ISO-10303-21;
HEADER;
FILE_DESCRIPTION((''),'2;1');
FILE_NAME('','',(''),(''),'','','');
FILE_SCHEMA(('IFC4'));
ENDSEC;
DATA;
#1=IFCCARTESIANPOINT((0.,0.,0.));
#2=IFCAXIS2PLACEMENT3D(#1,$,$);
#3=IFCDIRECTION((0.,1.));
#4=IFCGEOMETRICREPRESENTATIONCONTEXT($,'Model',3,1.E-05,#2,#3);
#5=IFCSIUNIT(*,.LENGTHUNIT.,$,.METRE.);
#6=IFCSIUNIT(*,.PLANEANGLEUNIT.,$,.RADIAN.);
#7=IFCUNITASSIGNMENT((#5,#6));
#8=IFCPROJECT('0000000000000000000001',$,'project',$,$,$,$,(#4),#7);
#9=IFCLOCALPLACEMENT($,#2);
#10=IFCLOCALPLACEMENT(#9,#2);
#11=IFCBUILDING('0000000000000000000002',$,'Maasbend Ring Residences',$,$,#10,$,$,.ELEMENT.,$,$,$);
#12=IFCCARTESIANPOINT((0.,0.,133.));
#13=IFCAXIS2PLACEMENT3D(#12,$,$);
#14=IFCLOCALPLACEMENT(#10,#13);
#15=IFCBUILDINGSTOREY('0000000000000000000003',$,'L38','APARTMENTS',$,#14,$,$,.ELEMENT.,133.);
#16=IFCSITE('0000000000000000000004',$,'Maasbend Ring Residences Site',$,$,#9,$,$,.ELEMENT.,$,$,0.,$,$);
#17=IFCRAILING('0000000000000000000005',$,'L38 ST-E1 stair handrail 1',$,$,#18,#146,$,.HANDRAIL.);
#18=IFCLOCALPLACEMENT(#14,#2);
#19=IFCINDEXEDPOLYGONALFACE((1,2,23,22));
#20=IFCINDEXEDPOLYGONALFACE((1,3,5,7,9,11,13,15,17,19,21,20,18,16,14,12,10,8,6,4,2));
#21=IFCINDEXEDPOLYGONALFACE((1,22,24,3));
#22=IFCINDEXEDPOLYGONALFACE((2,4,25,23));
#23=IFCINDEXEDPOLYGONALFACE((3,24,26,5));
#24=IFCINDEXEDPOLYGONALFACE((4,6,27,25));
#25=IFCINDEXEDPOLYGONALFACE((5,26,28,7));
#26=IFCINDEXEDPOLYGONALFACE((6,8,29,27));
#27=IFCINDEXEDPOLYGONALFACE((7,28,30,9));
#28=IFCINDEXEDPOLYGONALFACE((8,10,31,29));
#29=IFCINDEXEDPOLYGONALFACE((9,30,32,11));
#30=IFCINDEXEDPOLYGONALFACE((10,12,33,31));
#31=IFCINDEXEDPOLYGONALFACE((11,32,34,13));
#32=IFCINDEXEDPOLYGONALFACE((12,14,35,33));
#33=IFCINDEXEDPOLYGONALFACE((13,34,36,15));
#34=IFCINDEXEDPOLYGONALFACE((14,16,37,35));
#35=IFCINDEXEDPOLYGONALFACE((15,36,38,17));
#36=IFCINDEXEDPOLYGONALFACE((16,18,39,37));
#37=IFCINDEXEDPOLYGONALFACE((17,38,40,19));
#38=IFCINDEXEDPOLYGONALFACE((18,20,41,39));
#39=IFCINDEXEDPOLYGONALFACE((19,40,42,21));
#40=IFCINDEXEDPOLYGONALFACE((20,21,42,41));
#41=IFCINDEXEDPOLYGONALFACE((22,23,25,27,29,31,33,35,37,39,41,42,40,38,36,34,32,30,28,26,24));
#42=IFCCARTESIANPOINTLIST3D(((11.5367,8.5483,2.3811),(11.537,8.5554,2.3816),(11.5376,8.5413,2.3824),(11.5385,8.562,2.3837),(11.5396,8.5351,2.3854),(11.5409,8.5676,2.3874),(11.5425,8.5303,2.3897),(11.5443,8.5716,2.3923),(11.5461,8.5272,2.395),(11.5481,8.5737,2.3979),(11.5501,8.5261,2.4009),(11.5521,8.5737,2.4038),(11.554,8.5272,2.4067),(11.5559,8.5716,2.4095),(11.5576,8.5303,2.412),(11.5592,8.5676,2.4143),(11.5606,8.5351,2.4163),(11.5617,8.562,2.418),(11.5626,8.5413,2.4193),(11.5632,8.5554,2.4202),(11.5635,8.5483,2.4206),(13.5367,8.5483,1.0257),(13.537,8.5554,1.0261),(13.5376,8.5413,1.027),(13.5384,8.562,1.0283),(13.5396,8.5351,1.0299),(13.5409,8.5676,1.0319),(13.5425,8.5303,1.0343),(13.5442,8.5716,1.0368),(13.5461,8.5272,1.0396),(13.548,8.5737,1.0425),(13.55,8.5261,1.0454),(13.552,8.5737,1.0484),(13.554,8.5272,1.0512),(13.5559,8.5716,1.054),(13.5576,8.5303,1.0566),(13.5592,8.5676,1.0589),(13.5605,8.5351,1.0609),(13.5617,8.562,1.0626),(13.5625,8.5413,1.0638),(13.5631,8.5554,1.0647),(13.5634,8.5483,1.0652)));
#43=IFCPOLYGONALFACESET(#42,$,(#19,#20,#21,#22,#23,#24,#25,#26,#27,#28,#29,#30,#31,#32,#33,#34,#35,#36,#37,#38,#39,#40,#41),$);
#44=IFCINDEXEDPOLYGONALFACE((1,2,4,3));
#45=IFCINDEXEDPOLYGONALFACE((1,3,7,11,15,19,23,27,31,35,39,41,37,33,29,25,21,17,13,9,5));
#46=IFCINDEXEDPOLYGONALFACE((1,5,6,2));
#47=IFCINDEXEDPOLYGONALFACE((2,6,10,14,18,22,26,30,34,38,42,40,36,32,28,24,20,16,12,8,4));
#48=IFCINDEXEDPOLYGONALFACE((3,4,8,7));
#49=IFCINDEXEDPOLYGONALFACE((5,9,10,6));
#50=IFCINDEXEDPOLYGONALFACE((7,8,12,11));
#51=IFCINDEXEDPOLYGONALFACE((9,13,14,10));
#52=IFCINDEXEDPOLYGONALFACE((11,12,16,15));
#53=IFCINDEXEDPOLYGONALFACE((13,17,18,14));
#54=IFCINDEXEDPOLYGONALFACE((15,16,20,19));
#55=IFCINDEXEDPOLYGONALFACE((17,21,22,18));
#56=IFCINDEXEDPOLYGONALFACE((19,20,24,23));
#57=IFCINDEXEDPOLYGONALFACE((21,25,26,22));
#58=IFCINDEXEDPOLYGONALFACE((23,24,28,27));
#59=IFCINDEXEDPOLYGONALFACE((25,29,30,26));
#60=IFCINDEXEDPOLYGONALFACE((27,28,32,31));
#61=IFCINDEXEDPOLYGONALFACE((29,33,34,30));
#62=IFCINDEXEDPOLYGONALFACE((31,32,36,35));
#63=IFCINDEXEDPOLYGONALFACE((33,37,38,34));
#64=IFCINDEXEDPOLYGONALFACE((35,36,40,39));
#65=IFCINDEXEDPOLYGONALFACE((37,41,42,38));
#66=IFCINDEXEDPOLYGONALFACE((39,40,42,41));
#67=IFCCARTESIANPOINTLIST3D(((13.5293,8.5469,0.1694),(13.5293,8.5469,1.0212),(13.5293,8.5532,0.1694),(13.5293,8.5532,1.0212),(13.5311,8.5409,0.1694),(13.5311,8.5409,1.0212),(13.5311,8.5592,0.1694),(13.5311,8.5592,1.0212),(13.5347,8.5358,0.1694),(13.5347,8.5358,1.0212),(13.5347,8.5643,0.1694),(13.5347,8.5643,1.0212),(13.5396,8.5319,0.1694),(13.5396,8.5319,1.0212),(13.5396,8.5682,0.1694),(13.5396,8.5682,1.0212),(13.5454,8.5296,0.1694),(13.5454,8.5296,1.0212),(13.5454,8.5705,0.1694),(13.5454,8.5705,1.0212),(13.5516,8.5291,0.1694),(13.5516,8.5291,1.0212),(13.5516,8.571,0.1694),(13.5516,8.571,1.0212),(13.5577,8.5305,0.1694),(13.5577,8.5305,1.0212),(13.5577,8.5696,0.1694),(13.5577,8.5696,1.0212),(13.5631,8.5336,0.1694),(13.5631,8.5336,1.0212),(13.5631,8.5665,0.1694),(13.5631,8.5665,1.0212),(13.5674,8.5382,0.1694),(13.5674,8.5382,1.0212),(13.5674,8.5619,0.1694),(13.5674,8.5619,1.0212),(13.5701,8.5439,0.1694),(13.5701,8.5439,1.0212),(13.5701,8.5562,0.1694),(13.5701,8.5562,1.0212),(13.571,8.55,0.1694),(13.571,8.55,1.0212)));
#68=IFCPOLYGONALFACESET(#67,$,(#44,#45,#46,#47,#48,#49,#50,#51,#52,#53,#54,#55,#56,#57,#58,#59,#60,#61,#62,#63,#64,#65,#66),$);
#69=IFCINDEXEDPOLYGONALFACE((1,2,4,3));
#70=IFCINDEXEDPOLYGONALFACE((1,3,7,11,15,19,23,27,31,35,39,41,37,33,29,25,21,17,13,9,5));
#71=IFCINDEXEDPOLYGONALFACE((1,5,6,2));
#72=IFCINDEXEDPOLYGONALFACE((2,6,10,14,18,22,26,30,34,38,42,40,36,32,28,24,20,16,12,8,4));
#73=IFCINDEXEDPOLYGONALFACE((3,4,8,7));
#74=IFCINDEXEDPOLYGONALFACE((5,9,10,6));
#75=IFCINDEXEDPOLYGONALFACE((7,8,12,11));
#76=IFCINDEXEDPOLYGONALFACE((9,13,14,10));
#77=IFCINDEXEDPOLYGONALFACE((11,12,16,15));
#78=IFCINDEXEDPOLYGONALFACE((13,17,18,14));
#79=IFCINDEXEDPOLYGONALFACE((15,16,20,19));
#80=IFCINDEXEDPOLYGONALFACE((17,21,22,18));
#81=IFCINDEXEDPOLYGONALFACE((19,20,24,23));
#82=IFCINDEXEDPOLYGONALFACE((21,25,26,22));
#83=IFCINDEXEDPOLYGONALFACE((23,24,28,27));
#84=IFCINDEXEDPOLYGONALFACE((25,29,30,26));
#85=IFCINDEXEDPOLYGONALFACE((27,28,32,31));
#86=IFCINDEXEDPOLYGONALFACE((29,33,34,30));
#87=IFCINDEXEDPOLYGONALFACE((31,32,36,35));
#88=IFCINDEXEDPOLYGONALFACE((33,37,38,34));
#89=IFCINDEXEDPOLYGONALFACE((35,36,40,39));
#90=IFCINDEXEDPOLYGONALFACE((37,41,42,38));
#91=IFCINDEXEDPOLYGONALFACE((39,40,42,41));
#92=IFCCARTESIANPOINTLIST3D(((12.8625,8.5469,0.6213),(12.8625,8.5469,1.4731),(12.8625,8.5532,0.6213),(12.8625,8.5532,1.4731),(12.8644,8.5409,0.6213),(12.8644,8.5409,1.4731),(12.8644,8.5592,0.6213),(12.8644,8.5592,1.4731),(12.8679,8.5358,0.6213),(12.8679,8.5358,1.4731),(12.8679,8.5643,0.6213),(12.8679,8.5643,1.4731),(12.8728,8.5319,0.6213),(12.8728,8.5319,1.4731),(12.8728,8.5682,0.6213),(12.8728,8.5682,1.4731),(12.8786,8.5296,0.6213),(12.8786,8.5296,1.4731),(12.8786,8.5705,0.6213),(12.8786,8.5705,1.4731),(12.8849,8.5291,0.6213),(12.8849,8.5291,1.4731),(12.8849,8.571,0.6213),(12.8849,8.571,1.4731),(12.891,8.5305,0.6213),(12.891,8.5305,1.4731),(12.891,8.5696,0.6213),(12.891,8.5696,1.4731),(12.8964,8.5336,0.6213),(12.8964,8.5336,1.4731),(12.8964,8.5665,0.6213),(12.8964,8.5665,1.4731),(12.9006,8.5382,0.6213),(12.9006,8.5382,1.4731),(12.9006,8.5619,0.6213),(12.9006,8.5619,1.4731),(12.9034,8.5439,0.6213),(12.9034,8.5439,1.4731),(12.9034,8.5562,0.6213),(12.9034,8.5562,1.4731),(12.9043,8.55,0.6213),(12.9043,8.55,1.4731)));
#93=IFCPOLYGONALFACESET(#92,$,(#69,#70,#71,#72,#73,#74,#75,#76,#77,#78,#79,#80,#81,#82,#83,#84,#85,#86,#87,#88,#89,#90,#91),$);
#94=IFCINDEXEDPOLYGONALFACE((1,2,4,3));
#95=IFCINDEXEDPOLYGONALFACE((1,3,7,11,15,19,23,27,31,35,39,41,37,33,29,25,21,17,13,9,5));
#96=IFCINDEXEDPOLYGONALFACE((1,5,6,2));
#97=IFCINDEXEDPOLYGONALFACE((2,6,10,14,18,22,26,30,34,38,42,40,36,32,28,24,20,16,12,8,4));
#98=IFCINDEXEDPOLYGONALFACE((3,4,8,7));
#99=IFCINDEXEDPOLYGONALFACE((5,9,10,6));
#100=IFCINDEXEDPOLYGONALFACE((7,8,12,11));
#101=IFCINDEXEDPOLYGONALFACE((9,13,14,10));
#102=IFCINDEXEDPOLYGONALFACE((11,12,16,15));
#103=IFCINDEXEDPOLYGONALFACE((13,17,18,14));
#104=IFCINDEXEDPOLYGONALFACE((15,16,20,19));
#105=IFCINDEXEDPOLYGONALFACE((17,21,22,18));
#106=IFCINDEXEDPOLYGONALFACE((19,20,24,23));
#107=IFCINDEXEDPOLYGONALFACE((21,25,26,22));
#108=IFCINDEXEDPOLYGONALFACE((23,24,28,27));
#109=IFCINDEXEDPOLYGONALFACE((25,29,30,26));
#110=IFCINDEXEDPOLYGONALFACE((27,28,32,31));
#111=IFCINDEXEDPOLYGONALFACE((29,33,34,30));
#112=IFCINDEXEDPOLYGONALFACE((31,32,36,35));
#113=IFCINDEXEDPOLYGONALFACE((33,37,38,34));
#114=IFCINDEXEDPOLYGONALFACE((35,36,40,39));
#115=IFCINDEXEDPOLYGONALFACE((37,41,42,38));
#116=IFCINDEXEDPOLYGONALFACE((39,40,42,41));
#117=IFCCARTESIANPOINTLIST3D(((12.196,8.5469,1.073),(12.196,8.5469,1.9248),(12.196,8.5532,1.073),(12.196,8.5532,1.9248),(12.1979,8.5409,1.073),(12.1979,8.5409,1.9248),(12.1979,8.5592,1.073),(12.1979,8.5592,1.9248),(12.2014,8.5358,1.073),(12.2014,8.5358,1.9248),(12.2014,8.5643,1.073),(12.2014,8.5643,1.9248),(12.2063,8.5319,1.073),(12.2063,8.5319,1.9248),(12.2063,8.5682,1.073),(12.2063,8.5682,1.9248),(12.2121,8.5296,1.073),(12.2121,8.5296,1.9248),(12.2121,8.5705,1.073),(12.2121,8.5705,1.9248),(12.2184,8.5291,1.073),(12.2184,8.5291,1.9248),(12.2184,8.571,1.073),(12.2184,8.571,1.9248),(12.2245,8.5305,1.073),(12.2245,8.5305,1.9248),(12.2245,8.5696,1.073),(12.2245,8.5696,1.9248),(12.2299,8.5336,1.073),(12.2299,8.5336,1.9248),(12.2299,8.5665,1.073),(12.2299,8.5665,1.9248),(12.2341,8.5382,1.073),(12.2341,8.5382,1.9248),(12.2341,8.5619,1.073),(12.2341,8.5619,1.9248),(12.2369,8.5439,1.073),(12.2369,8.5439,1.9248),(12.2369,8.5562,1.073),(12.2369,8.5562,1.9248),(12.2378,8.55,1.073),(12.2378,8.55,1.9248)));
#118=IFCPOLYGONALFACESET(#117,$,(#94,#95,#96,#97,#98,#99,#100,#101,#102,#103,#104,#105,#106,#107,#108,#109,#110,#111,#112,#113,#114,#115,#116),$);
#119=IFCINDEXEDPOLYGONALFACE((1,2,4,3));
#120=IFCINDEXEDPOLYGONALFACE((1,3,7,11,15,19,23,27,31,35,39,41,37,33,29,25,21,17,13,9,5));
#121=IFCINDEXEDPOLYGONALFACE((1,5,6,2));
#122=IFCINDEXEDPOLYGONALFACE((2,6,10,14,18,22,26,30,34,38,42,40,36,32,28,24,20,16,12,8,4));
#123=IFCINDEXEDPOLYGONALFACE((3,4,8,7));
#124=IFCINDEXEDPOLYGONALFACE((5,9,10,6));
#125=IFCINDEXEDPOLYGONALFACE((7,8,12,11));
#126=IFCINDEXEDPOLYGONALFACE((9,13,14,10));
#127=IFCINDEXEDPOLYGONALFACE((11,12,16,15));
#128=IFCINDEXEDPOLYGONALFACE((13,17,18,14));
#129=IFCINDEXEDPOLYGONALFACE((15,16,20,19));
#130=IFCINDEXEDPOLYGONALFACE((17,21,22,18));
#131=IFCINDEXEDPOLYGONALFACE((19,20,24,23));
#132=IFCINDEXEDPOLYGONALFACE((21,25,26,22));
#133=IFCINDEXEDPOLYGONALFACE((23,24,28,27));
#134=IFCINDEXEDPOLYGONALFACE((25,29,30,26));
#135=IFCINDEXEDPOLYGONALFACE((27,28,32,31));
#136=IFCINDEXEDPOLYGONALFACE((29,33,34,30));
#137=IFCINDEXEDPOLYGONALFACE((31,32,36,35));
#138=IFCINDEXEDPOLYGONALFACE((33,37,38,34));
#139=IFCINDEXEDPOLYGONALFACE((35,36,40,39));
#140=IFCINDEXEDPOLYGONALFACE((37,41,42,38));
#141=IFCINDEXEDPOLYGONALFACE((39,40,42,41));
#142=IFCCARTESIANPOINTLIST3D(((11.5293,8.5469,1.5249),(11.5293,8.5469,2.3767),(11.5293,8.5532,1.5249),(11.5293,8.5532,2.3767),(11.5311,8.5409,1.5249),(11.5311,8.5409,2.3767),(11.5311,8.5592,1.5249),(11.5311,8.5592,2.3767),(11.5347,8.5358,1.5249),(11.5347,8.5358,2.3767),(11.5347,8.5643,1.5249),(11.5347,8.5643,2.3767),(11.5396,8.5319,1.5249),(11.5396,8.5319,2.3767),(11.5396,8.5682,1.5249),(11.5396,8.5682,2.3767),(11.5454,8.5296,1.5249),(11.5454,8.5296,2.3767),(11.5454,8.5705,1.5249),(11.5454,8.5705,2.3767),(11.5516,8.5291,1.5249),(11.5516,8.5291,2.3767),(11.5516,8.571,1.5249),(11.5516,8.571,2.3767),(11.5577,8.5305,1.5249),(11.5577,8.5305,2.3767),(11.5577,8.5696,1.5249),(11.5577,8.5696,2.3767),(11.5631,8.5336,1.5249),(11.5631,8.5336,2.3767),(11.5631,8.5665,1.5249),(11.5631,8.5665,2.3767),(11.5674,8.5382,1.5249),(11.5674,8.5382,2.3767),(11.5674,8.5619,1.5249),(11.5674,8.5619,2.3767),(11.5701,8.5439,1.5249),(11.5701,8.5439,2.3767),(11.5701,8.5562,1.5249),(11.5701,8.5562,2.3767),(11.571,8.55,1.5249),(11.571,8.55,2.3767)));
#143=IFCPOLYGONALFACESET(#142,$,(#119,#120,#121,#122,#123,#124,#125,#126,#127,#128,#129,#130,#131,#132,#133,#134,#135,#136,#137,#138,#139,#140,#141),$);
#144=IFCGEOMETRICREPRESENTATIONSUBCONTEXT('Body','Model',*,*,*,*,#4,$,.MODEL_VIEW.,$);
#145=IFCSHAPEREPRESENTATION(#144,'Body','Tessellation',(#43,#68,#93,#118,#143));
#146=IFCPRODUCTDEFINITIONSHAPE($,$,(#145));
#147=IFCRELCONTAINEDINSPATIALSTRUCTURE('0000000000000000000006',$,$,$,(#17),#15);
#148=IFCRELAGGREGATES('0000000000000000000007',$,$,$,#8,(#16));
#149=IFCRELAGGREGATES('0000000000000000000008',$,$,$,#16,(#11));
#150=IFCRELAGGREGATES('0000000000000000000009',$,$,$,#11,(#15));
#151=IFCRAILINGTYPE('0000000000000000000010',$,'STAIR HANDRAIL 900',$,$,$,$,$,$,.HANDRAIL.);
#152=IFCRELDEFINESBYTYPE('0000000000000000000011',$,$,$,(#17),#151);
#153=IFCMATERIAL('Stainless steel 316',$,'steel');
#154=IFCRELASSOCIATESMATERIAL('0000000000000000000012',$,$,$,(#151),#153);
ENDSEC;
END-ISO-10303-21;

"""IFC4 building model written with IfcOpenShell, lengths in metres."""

from ifc_helpers import new_model, si_unit, direction, frame, origin, origin_2d, place, context, subcontext, project, spatial, circle, extrude, material, type_object, element, save


model = new_model("IFC4")

# Units and contexts
model_context = context("Model", 3, precision=1e-05, world=origin(), true_north=direction((0.0, 1.0)))
body_context = subcontext(model_context, "Body", "Model", "MODEL_VIEW")
ifc_project = project(units=[si_unit("LENGTHUNIT", "METRE"), si_unit("PLANEANGLEUNIT", "RADIAN")], contexts=[model_context])

# Site, building, storey
site_placement = place(None, origin())
site = spatial("IfcSite", under=ifc_project, at=site_placement, Name="Maasbend Ring Residences Site", CompositionType="ELEMENT", RefElevation=0.0)
building_placement = place(site_placement, origin())
building = spatial("IfcBuilding", under=site, at=building_placement, Name="Maasbend Ring Residences", CompositionType="ELEMENT")
storey_placement = place(building_placement, frame((0.0, 0.0, 133.0)))
storey = spatial("IfcBuildingStorey", under=building, at=storey_placement, Name="L38", Description="APARTMENTS", CompositionType="ELEMENT", Elevation=133.0)

# Railing
ifc_material_1 = material(Name="Stainless steel 316", Category="steel")
railing_type_1 = type_object("IfcRailingType", Name="STAIR HANDRAIL 900", PredefinedType="HANDRAIL", material=ifc_material_1)
railing_1_placement = place(storey_placement, frame((13.55, 8.55, 0.1694)))
element("IfcRailing", 1, at=railing_1_placement, inside=storey, type_object=railing_type_1, Name="L38 ST-E1 stair handrail 1", PredefinedType="HANDRAIL", context=body_context, shape_type="SweptSolid", body=[
    extrude(circle(Radius=0.0239, at=origin_2d()), frame((0.0, 0.0, 0.876), z_axis=(-0.827798, 0.0, 0.561027), x_axis=(0.0, -1.0, 0.0)), (0.0, 0.0, 1.0), 2.416),
    extrude(circle(Radius=0.021, at=origin_2d()), origin(), (0.0, 0.0, 1.0), 0.8518),
    extrude(circle(Radius=0.021, at=origin_2d()), frame((-0.6667, 0.0, 0.4519)), (0.0, 0.0, 1.0), 0.8518),
    extrude(circle(Radius=0.021, at=origin_2d()), frame((-1.3333, 0.0, 0.9036)), (0.0, 0.0, 1.0), 0.8518),
    extrude(circle(Radius=0.021, at=origin_2d()), frame((-2.0, 0.0, 1.3555)), (0.0, 0.0, 1.0), 0.8518),
])

save(model, "model.ifc")
